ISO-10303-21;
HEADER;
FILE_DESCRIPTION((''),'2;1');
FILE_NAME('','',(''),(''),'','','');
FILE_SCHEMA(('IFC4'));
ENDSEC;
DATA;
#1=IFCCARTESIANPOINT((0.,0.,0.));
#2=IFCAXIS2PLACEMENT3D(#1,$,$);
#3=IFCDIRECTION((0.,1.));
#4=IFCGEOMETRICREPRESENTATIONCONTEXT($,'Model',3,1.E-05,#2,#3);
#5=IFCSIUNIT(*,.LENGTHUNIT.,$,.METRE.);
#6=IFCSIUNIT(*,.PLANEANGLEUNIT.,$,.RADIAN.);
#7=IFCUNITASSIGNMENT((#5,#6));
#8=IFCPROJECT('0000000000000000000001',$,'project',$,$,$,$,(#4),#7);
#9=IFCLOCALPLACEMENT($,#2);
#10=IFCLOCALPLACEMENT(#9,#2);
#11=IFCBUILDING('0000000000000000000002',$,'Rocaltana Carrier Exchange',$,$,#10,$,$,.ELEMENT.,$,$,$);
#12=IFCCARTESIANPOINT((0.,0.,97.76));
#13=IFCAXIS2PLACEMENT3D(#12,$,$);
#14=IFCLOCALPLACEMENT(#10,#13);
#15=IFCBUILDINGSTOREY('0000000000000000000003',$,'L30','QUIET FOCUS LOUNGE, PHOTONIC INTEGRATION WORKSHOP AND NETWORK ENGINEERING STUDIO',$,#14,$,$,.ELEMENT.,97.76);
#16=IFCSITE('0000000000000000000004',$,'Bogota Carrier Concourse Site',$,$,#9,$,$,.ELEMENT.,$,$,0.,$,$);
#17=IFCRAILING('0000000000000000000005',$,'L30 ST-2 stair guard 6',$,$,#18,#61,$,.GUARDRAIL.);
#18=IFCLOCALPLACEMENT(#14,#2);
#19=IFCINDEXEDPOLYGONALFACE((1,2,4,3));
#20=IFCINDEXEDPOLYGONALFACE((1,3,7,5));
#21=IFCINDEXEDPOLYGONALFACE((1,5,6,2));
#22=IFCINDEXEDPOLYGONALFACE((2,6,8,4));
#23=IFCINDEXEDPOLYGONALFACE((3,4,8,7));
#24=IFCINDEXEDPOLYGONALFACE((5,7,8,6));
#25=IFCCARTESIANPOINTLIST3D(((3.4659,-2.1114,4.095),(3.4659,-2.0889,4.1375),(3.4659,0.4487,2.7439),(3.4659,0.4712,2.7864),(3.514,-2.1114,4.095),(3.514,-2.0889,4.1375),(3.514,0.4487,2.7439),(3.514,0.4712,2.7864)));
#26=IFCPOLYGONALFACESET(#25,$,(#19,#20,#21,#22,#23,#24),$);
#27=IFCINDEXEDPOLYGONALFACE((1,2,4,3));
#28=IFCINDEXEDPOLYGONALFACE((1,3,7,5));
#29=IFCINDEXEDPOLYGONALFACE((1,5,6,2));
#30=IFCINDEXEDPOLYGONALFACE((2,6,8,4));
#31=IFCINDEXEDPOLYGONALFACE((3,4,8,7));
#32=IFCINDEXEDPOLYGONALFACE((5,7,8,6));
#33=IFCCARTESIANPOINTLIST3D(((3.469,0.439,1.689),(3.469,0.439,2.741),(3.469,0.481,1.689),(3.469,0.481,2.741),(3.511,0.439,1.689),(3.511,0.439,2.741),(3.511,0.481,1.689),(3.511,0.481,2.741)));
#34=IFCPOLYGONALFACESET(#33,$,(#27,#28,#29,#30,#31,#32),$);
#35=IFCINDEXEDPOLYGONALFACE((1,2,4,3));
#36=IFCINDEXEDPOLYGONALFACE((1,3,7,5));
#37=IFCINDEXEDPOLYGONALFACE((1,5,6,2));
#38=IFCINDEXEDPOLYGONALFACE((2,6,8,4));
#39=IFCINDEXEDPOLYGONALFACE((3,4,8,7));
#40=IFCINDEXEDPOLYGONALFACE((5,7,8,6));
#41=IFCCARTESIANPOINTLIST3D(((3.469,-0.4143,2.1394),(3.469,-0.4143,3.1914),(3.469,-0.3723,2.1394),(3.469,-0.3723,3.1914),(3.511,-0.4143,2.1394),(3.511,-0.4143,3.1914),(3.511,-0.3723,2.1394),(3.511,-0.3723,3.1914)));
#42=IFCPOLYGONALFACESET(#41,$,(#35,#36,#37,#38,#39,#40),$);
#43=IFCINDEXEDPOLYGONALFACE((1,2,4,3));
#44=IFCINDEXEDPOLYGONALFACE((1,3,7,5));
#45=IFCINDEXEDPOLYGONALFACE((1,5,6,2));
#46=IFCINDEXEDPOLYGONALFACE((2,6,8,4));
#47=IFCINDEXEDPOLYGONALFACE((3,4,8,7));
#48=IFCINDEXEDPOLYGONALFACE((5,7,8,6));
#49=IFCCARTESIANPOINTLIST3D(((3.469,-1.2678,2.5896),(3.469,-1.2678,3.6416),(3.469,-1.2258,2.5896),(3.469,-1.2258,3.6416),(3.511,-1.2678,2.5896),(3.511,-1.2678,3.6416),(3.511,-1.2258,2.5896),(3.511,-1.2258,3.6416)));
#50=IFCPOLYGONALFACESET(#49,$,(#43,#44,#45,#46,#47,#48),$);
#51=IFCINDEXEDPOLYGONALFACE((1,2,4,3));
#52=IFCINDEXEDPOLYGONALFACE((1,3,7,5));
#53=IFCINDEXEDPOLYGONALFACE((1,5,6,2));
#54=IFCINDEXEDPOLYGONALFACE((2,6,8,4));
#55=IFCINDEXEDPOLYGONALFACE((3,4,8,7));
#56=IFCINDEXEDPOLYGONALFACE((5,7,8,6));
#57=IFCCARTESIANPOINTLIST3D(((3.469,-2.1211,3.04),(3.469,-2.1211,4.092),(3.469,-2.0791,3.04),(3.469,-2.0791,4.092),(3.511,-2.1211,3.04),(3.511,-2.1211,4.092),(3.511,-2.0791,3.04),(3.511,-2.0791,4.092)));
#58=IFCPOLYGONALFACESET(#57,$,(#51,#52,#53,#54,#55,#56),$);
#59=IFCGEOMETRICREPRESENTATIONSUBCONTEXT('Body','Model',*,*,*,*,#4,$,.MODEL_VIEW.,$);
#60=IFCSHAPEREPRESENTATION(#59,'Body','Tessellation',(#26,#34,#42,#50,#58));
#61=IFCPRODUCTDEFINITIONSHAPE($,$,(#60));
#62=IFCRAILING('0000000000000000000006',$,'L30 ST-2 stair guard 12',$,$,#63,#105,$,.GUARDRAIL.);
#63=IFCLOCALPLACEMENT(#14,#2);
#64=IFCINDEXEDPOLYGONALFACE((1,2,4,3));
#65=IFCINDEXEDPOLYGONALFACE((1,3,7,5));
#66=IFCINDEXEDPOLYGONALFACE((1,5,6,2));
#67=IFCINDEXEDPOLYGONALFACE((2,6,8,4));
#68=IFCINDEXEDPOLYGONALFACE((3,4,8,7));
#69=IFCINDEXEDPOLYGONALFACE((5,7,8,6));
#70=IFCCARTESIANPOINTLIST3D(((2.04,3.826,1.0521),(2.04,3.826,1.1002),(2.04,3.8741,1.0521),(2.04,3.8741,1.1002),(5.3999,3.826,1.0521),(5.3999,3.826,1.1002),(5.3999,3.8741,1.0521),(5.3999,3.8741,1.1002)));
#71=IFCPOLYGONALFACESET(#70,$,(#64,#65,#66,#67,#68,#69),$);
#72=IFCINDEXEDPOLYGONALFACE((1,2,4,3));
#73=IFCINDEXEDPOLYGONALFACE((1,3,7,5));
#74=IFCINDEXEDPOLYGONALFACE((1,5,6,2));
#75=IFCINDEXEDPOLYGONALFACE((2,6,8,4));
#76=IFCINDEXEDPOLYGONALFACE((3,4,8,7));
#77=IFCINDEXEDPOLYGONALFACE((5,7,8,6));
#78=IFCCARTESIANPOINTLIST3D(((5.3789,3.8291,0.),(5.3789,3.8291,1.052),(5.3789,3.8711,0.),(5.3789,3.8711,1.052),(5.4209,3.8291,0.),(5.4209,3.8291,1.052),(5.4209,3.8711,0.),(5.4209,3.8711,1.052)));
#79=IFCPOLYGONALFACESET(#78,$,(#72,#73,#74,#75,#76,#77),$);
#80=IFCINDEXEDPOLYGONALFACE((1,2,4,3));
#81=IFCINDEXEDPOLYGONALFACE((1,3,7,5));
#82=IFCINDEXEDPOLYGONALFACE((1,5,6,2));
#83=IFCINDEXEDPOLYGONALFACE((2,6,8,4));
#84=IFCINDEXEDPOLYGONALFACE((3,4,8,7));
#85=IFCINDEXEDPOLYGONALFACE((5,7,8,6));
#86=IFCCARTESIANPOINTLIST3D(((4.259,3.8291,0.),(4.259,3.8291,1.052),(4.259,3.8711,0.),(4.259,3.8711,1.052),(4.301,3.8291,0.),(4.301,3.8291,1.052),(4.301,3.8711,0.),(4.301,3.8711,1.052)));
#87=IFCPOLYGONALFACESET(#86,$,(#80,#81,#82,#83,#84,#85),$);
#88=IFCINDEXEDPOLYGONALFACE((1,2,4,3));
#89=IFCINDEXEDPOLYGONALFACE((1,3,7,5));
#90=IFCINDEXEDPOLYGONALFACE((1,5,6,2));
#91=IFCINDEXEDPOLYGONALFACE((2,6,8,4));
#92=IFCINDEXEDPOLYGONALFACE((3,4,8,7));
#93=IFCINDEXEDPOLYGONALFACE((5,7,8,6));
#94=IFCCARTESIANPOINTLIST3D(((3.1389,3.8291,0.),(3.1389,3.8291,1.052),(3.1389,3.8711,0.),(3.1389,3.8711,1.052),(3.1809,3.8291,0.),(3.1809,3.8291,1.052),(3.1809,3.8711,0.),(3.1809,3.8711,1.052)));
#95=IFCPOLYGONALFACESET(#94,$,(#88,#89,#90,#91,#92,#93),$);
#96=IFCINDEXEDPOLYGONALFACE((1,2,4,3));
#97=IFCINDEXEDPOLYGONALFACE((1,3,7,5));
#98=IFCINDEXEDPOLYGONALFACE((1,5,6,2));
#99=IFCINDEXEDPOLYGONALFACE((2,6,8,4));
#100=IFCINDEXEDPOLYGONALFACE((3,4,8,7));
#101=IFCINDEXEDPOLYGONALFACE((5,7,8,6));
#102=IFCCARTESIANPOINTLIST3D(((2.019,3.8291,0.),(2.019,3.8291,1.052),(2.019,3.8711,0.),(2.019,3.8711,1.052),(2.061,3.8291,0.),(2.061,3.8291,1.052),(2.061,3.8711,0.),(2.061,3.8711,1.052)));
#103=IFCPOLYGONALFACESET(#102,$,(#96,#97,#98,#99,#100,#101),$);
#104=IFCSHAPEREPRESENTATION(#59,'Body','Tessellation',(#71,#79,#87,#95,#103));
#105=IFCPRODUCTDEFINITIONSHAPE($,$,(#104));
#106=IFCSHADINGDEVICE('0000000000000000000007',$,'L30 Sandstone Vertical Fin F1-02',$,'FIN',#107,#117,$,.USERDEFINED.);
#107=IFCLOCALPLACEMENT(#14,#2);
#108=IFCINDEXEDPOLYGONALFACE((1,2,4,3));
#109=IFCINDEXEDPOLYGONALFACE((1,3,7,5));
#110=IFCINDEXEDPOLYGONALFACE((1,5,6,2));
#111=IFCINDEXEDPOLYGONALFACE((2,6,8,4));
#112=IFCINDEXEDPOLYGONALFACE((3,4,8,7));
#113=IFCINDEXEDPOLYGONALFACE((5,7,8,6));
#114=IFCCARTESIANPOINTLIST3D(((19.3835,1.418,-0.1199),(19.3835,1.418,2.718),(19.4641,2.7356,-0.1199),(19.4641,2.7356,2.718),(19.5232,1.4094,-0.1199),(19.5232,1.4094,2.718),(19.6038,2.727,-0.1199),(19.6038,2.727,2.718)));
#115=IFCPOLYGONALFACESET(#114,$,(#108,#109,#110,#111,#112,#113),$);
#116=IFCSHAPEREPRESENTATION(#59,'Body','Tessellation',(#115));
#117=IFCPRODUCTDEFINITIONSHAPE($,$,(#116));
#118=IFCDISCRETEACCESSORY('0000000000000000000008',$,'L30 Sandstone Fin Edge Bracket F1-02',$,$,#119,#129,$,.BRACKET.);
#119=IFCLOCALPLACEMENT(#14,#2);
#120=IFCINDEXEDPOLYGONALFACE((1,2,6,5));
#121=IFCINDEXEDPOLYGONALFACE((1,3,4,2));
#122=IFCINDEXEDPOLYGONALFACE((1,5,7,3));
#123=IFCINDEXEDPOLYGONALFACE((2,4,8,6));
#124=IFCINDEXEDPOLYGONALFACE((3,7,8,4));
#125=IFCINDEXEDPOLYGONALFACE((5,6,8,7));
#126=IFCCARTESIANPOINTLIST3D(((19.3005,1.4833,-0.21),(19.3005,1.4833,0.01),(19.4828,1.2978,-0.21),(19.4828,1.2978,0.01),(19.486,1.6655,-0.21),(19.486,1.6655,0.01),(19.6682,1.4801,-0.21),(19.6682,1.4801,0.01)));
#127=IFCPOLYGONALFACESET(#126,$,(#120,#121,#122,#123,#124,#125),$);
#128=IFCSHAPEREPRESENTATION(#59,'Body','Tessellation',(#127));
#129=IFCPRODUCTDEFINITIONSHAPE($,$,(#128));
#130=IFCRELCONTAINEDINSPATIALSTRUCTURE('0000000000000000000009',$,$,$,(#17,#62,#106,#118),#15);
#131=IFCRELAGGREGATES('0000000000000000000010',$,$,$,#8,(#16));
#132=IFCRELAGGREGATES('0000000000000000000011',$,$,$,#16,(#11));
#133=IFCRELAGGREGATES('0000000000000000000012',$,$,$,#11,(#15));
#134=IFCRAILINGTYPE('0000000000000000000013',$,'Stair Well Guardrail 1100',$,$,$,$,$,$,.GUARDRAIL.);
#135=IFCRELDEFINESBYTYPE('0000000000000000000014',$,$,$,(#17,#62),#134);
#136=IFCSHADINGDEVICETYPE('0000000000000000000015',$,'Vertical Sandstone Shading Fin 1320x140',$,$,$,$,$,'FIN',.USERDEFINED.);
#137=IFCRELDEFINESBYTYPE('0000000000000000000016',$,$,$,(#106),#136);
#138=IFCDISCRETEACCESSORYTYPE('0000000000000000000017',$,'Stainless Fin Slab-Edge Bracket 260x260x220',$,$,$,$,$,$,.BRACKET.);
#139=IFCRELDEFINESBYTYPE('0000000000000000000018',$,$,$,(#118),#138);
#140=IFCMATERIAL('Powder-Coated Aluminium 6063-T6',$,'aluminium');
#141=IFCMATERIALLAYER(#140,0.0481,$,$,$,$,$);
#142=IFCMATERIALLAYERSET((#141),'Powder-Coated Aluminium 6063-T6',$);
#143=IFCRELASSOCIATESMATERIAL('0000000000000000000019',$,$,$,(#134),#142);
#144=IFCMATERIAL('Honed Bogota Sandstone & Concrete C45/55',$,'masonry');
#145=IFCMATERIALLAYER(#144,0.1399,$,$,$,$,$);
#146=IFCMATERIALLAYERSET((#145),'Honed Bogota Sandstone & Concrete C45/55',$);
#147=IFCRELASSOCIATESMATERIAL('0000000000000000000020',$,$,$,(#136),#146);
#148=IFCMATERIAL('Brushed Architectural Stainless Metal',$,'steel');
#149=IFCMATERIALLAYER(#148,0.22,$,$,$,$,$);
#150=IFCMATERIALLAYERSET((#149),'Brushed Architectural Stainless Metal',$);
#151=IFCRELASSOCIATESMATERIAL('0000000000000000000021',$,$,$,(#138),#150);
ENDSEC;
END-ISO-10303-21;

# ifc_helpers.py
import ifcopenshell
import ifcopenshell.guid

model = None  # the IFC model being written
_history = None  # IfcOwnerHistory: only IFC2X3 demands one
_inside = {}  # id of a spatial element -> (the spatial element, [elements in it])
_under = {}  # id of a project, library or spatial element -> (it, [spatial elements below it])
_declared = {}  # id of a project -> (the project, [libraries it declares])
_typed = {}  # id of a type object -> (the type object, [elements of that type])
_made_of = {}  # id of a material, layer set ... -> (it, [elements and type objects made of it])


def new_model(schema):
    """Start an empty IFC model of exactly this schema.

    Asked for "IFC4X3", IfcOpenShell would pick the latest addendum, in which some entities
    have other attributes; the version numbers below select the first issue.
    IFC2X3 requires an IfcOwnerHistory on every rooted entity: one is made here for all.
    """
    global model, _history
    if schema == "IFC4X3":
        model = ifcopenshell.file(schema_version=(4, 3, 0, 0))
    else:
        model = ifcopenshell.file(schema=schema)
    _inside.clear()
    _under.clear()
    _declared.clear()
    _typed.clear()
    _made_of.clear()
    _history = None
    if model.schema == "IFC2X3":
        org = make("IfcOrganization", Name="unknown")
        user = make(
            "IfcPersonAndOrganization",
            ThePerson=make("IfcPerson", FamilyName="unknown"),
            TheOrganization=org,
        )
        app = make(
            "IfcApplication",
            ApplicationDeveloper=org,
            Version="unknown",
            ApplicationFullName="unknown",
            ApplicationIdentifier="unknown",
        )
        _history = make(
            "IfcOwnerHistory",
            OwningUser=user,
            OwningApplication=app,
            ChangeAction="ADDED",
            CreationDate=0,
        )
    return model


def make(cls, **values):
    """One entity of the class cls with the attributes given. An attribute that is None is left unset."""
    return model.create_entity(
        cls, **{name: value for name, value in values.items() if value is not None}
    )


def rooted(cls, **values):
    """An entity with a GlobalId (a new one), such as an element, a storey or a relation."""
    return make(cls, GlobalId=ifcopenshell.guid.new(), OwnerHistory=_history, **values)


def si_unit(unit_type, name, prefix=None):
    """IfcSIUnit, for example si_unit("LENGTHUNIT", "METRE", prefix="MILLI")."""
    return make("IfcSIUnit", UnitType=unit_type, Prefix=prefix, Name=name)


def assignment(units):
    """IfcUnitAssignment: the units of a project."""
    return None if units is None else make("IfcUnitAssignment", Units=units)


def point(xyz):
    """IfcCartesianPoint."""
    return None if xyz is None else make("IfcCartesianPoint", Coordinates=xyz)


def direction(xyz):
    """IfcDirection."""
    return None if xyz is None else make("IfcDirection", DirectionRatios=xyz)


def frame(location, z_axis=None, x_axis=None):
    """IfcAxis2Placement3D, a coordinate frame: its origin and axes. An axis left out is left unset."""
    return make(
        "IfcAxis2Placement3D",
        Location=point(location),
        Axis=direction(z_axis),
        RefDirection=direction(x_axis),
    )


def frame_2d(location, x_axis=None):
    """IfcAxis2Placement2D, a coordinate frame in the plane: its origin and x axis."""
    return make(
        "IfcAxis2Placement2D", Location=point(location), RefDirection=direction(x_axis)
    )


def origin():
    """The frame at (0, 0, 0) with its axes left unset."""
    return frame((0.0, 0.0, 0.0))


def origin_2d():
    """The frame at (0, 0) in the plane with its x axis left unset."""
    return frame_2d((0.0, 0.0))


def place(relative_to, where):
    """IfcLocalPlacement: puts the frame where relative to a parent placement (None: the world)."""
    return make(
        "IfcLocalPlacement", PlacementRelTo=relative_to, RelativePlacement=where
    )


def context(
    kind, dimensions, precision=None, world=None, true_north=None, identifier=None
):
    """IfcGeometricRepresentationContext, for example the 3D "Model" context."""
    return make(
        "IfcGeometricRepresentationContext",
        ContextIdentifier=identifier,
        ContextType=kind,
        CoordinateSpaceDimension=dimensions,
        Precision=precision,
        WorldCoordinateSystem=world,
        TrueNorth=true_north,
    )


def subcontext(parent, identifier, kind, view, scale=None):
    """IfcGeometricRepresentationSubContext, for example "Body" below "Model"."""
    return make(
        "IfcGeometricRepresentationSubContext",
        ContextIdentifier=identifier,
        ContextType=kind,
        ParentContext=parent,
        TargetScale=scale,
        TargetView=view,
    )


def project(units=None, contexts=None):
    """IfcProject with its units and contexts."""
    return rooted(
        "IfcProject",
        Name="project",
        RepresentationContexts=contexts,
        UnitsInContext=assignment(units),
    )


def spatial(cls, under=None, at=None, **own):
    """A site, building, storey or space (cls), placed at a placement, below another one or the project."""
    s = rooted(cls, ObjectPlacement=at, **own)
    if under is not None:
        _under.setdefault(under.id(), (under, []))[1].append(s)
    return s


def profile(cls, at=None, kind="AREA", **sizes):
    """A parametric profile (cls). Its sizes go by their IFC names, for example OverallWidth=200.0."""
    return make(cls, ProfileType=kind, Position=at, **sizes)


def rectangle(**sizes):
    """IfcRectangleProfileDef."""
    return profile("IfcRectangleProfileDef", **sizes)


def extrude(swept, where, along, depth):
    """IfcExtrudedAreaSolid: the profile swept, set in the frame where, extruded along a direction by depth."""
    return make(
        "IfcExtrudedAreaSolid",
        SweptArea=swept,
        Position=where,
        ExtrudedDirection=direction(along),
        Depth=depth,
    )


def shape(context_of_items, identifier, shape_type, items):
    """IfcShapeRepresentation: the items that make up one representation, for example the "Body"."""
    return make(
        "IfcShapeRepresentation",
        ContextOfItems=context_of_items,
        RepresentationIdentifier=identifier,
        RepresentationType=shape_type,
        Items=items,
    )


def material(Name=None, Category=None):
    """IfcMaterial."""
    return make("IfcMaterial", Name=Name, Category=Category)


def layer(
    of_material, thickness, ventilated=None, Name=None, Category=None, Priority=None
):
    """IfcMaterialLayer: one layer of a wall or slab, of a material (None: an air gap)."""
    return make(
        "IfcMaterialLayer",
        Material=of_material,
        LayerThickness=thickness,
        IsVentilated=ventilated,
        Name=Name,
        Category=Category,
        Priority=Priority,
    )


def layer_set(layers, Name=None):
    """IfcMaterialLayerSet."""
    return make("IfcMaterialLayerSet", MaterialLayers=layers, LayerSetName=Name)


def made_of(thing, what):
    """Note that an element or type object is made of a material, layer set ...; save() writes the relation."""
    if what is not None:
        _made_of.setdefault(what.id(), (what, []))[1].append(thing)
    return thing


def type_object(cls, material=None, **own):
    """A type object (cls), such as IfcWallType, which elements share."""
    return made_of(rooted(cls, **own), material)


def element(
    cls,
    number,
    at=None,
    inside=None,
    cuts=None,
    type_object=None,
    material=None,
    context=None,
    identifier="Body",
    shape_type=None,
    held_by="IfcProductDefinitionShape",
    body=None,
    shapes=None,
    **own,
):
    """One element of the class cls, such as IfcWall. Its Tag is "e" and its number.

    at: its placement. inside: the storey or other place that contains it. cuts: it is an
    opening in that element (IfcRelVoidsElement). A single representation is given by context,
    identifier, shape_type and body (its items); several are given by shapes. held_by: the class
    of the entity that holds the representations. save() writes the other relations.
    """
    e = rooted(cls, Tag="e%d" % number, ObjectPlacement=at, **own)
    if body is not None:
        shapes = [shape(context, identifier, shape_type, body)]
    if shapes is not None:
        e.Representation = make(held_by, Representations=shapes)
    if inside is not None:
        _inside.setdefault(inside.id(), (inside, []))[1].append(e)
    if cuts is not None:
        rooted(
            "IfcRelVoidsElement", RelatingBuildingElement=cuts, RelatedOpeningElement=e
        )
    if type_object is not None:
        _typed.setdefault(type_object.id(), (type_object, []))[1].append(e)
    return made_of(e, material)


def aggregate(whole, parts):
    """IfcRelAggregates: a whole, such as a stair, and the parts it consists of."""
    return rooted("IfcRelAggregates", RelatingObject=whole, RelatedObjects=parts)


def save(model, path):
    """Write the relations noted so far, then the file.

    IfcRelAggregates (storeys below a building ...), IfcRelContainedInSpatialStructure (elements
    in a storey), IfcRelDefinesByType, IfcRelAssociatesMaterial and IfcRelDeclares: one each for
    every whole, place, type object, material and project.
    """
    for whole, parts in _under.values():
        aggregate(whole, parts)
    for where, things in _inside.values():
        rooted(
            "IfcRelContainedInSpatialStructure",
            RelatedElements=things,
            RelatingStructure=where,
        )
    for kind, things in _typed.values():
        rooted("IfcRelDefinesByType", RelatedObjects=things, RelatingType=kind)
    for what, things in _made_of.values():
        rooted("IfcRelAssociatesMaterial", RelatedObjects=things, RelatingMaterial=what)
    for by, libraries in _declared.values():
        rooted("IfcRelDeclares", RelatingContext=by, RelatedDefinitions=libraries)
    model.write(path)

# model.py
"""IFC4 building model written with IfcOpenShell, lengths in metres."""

from ifc_helpers import new_model, si_unit, direction, frame, origin, origin_2d, place, context, subcontext, project, spatial, rectangle, extrude, material, layer, layer_set, type_object, element, save


model = new_model("IFC4")

# Units and contexts
model_context = context("Model", 3, precision=1e-05, world=origin(), true_north=direction((0.0, 1.0)))
body_context = subcontext(model_context, "Body", "Model", "MODEL_VIEW")
ifc_project = project(units=[si_unit("LENGTHUNIT", "METRE"), si_unit("PLANEANGLEUNIT", "RADIAN")], contexts=[model_context])

# Site, building, storey
site_placement = place(None, origin())
site = spatial("IfcSite", under=ifc_project, at=site_placement, Name="Bogota Carrier Concourse Site", CompositionType="ELEMENT", RefElevation=0.0)
building_placement = place(site_placement, origin())
building = spatial("IfcBuilding", under=site, at=building_placement, Name="Rocaltana Carrier Exchange", CompositionType="ELEMENT")
storey_placement = place(building_placement, frame((0.0, 0.0, 97.76)))
storey = spatial("IfcBuildingStorey", under=building, at=storey_placement, Name="L30", Description="QUIET FOCUS LOUNGE, PHOTONIC INTEGRATION WORKSHOP AND NETWORK ENGINEERING STUDIO", CompositionType="ELEMENT", Elevation=97.76)

# Railings
ifc_material_1 = material(Name="Powder-Coated Aluminium 6063-T6", Category="aluminium")
ifc_layer_1 = layer(ifc_material_1, 0.0481)
ifc_layer_set_1 = layer_set([ifc_layer_1], Name="Powder-Coated Aluminium 6063-T6")
railing_type = type_object("IfcRailingType", Name="Stair Well Guardrail 1100", PredefinedType="GUARDRAIL", material=ifc_layer_set_1)
railing_1_placement = place(storey_placement, frame((3.49, 0.46, 1.689)))
element("IfcRailing", 1, at=railing_1_placement, inside=storey, type_object=railing_type, Name="L30 ST-2 stair guard 6", PredefinedType="GUARDRAIL", context=body_context, shape_type="SweptSolid", body=[
    extrude(rectangle(XDim=0.0481, YDim=0.0481, at=origin_2d()), frame((0.0, 0.0, 1.0762), z_axis=(0.0, -0.884394, 0.46674), x_axis=(1.0, 0.0, 0.0)), (0.0, 0.0, 1.0), 2.8948),
    extrude(rectangle(XDim=0.042, YDim=0.042, at=origin_2d()), origin(), (0.0, 0.0, 1.0), 1.052),
    extrude(rectangle(XDim=0.042, YDim=0.042, at=origin_2d()), frame((0.0, -0.8533, 0.4504)), (0.0, 0.0, 1.0), 1.052),
    extrude(rectangle(XDim=0.042, YDim=0.042, at=origin_2d()), frame((0.0, -1.7068, 0.9006)), (0.0, 0.0, 1.0), 1.052),
    extrude(rectangle(XDim=0.042, YDim=0.042, at=origin_2d()), frame((0.0, -2.5601, 1.3511)), (0.0, 0.0, 1.0), 1.052),
])
railing_2_placement = place(storey_placement, frame((5.3999, 3.8501, 0.0)))
element("IfcRailing", 2, at=railing_2_placement, inside=storey, type_object=railing_type, Name="L30 ST-2 stair guard 12", PredefinedType="GUARDRAIL", context=body_context, shape_type="SweptSolid", body=[
    extrude(rectangle(XDim=0.0481, YDim=0.0481, at=origin_2d()), frame((0.0, 0.0, 1.0762), z_axis=(-1.0, 0.0, 0.0), x_axis=(0.0, -1.0, 0.0)), (0.0, 0.0, 1.0), 3.3599),
    extrude(rectangle(XDim=0.042, YDim=0.042, at=origin_2d()), origin(), (0.0, 0.0, 1.0), 1.052),
    extrude(rectangle(XDim=0.042, YDim=0.042, at=origin_2d()), frame((-1.1199, 0.0, 0.0)), (0.0, 0.0, 1.0), 1.052),
    extrude(rectangle(XDim=0.042, YDim=0.042, at=origin_2d()), frame((-2.24, 0.0, 0.0)), (0.0, 0.0, 1.0), 1.052),
    extrude(rectangle(XDim=0.042, YDim=0.042, at=origin_2d()), frame((-3.3599, 0.0, 0.0)), (0.0, 0.0, 1.0), 1.052),
])

# Shading device
ifc_material_2 = material(Name="Honed Bogota Sandstone & Concrete C45/55", Category="masonry")
ifc_layer_2 = layer(ifc_material_2, 0.1399)
ifc_layer_set_2 = layer_set([ifc_layer_2], Name="Honed Bogota Sandstone & Concrete C45/55")
shading_device_type = type_object("IfcShadingDeviceType", Name="Vertical Sandstone Shading Fin 1320x140", ElementType="FIN", PredefinedType="USERDEFINED", material=ifc_layer_set_2)
shading_device_placement = place(storey_placement, frame((19.4937, 2.0725, -0.1199), z_axis=(0.0, 0.0, 1.0), x_axis=(0.061049, 0.998135, 0.0)))
element("IfcShadingDevice", 3, at=shading_device_placement, inside=storey, type_object=shading_device_type, Name="L30 Sandstone Vertical Fin F1-02", ObjectType="FIN", PredefinedType="USERDEFINED", context=body_context, shape_type="SweptSolid", body=[
    extrude(rectangle(XDim=1.3201, YDim=0.1399, at=origin_2d()), origin(), (0.0, 0.0, 1.0), 2.8379),
])

# Discrete accessory
ifc_material_3 = material(Name="Brushed Architectural Stainless Metal", Category="steel")
ifc_layer_3 = layer(ifc_material_3, 0.22)
ifc_layer_set_3 = layer_set([ifc_layer_3], Name="Brushed Architectural Stainless Metal")
discrete_accessory_type = type_object("IfcDiscreteAccessoryType", Name="Stainless Fin Slab-Edge Bracket 260x260x220", PredefinedType="BRACKET", material=ifc_layer_set_3)
discrete_accessory_placement = place(storey_placement, frame((19.4844, 1.4817, -0.21), z_axis=(0.0, 0.0, 1.0), x_axis=(-0.700909, 0.71325, 0.0)))
element("IfcDiscreteAccessory", 4, at=discrete_accessory_placement, inside=storey, type_object=discrete_accessory_type, Name="L30 Sandstone Fin Edge Bracket F1-02", PredefinedType="BRACKET", context=body_context, shape_type="SweptSolid", body=[
    extrude(rectangle(XDim=0.26, YDim=0.26, at=origin_2d()), origin(), (0.0, 0.0, 1.0), 0.22),
])

save(model, "model.ifc")
